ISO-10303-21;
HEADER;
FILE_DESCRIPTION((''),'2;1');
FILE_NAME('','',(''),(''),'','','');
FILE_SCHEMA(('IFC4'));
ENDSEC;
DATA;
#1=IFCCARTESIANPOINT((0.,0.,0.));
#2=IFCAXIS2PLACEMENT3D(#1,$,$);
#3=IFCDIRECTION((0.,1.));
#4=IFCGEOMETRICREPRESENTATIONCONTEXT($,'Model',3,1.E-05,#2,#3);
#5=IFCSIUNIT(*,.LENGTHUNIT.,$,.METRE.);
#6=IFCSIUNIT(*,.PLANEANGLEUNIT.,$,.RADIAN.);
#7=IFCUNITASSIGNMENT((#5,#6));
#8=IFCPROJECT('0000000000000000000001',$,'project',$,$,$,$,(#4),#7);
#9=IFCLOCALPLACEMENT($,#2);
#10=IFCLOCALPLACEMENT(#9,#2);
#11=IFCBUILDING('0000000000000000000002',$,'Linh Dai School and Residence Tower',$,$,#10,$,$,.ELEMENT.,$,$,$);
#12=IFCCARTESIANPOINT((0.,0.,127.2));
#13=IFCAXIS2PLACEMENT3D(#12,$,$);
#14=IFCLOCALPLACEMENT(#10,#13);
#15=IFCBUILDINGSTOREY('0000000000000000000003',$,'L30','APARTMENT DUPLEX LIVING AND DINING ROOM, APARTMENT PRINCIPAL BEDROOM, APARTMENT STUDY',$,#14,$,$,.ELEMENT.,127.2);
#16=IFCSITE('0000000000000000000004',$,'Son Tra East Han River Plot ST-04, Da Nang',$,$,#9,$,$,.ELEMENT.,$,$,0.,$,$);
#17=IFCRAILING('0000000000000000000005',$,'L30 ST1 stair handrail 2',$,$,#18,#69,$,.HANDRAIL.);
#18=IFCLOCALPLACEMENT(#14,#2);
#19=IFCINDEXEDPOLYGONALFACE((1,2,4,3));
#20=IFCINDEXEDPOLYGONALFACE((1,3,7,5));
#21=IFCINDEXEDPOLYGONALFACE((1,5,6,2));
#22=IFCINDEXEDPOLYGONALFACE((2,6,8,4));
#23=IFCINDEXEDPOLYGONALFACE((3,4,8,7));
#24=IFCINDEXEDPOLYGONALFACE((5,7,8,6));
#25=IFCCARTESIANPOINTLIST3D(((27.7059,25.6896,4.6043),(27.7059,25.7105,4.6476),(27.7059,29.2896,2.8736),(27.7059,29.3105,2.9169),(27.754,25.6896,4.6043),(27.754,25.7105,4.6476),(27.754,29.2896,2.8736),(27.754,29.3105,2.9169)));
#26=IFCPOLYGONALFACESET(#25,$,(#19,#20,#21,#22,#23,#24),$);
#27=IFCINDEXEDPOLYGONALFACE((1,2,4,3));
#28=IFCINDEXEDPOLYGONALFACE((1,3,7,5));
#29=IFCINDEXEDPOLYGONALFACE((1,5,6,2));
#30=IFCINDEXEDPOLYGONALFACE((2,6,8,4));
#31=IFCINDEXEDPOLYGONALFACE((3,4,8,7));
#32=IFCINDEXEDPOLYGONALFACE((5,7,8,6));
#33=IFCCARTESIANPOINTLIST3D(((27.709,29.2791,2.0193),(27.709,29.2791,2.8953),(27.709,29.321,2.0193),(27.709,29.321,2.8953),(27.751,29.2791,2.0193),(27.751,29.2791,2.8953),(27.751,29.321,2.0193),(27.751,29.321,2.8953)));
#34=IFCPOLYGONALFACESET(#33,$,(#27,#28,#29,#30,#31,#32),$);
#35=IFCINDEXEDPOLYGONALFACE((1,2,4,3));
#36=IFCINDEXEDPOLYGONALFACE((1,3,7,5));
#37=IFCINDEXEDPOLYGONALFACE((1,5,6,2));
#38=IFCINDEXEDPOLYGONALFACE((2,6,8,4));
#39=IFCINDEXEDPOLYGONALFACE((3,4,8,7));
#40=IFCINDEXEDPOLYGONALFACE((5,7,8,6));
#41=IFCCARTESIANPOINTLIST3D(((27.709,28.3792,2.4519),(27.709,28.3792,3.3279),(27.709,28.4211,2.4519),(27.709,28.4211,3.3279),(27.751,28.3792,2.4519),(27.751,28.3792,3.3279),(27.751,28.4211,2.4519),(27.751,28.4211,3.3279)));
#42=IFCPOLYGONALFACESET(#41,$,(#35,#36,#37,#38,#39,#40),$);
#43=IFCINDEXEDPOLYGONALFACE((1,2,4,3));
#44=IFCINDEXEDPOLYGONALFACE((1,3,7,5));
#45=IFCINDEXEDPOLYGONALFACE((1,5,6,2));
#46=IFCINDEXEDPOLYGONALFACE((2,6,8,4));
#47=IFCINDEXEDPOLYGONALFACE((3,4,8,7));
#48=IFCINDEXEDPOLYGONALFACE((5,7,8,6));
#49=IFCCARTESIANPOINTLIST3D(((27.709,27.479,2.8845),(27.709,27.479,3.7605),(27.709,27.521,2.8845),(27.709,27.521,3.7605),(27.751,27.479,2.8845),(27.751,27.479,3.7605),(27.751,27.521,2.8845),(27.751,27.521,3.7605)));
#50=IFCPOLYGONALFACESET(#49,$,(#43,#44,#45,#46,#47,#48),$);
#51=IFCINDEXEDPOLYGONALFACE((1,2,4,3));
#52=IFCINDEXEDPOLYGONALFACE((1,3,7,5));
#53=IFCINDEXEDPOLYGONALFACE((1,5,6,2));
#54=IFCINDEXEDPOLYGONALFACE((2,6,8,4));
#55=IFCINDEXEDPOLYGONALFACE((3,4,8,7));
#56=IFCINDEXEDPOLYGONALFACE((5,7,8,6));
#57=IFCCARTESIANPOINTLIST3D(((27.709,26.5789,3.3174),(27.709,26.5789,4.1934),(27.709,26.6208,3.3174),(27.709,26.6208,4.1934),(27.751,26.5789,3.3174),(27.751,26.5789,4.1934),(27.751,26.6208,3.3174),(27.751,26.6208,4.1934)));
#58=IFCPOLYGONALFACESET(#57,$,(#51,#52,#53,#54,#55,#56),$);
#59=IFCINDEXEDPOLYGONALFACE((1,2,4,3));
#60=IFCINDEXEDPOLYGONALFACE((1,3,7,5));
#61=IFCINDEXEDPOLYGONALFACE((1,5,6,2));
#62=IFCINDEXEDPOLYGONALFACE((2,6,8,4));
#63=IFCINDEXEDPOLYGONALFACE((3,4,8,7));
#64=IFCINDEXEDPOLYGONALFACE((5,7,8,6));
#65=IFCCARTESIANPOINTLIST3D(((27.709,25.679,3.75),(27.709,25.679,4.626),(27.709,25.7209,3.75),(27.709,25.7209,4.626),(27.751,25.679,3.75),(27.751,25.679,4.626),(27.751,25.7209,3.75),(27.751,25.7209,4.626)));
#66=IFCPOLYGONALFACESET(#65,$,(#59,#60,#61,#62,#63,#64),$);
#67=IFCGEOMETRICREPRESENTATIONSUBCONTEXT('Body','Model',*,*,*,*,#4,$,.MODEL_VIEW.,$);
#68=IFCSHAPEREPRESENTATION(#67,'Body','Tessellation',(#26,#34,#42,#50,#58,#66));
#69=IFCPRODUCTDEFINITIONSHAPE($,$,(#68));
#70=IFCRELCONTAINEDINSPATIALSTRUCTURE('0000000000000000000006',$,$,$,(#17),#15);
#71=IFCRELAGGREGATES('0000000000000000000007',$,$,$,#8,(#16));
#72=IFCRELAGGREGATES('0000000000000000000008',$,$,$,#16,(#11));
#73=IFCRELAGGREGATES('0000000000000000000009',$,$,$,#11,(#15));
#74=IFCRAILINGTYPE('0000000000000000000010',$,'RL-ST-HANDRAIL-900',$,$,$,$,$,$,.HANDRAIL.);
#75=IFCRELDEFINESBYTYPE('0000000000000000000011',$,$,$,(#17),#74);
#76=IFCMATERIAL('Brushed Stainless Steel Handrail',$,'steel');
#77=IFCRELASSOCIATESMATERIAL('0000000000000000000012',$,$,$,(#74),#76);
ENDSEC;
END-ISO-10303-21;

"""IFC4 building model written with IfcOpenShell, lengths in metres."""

from ifc_helpers import new_model, si_unit, direction, frame, origin, origin_2d, place, context, subcontext, project, spatial, rectangle, extrude, source, transform, mapped, material, type_object, element, save


model = new_model("IFC4")

# Units and contexts
model_context = context("Model", 3, precision=1e-05, world=origin(), true_north=direction((0.0, 1.0)))
body_context = subcontext(model_context, "Body", "Model", "MODEL_VIEW")
ifc_project = project(units=[si_unit("LENGTHUNIT", "METRE"), si_unit("PLANEANGLEUNIT", "RADIAN")], contexts=[model_context])

# Site, building, storey
site_placement = place(None, origin())
site = spatial("IfcSite", under=ifc_project, at=site_placement, Name="Son Tra East Han River Plot ST-04, Da Nang", CompositionType="ELEMENT", RefElevation=0.0)
building_placement = place(site_placement, origin())
building = spatial("IfcBuilding", under=site, at=building_placement, Name="Linh Dai School and Residence Tower", CompositionType="ELEMENT")
storey_placement = place(building_placement, frame((0.0, 0.0, 127.2)))
storey = spatial("IfcBuildingStorey", under=building, at=storey_placement, Name="L30", Description="APARTMENT DUPLEX LIVING AND DINING ROOM, APARTMENT PRINCIPAL BEDROOM, APARTMENT STUDY", CompositionType="ELEMENT", Elevation=127.2)

# Railing
ifc_material_1 = material(Name="Brushed Stainless Steel Handrail", Category="steel")
railing_type_1 = type_object("IfcRailingType", Name="RL-ST-HANDRAIL-900", PredefinedType="HANDRAIL", material=ifc_material_1)
shared_shape_1 = source(origin(), body_context, "Body", "SweptSolid", [
    extrude(rectangle(XDim=0.0481, YDim=0.0481, at=origin_2d()), frame((0.0, 0.0, 0.876), z_axis=(0.0, -0.901263, 0.433273), x_axis=(1.0, 0.0, 0.0)), (0.0, 0.0, 1.0), 3.9944),
    extrude(rectangle(XDim=0.042, YDim=0.042, at=origin_2d()), origin(), (0.0, 0.0, 1.0), 0.876),
    extrude(rectangle(XDim=0.042, YDim=0.042, at=origin_2d()), frame((0.0, -0.8999, 0.4326)), (0.0, 0.0, 1.0), 0.876),
    extrude(rectangle(XDim=0.042, YDim=0.042, at=origin_2d()), frame((0.0, -1.8, 0.8652)), (0.0, 0.0, 1.0), 0.876),
    extrude(rectangle(XDim=0.042, YDim=0.042, at=origin_2d()), frame((0.0, -2.7002, 1.2981)), (0.0, 0.0, 1.0), 0.876),
    extrude(rectangle(XDim=0.042, YDim=0.042, at=origin_2d()), frame((0.0, -3.6001, 1.7307)), (0.0, 0.0, 1.0), 0.876),
])
railing_1_placement = place(storey_placement, frame((27.73, 29.3, 2.0193)))
element("IfcRailing", 1, at=railing_1_placement, inside=storey, type_object=railing_type_1, Name="L30 ST1 stair handrail 2", PredefinedType="HANDRAIL", context=body_context, shape_type="MappedRepresentation", body=[
    mapped(shared_shape_1, transform((0.0, 0.0, 0.0), x_axis=(1.0, 0.0, 0.0), y_axis=(0.0, 1.0, 0.0), z_axis=(0.0, 0.0, 1.0), scale=1.0)),
])

save(model, "model.ifc")
